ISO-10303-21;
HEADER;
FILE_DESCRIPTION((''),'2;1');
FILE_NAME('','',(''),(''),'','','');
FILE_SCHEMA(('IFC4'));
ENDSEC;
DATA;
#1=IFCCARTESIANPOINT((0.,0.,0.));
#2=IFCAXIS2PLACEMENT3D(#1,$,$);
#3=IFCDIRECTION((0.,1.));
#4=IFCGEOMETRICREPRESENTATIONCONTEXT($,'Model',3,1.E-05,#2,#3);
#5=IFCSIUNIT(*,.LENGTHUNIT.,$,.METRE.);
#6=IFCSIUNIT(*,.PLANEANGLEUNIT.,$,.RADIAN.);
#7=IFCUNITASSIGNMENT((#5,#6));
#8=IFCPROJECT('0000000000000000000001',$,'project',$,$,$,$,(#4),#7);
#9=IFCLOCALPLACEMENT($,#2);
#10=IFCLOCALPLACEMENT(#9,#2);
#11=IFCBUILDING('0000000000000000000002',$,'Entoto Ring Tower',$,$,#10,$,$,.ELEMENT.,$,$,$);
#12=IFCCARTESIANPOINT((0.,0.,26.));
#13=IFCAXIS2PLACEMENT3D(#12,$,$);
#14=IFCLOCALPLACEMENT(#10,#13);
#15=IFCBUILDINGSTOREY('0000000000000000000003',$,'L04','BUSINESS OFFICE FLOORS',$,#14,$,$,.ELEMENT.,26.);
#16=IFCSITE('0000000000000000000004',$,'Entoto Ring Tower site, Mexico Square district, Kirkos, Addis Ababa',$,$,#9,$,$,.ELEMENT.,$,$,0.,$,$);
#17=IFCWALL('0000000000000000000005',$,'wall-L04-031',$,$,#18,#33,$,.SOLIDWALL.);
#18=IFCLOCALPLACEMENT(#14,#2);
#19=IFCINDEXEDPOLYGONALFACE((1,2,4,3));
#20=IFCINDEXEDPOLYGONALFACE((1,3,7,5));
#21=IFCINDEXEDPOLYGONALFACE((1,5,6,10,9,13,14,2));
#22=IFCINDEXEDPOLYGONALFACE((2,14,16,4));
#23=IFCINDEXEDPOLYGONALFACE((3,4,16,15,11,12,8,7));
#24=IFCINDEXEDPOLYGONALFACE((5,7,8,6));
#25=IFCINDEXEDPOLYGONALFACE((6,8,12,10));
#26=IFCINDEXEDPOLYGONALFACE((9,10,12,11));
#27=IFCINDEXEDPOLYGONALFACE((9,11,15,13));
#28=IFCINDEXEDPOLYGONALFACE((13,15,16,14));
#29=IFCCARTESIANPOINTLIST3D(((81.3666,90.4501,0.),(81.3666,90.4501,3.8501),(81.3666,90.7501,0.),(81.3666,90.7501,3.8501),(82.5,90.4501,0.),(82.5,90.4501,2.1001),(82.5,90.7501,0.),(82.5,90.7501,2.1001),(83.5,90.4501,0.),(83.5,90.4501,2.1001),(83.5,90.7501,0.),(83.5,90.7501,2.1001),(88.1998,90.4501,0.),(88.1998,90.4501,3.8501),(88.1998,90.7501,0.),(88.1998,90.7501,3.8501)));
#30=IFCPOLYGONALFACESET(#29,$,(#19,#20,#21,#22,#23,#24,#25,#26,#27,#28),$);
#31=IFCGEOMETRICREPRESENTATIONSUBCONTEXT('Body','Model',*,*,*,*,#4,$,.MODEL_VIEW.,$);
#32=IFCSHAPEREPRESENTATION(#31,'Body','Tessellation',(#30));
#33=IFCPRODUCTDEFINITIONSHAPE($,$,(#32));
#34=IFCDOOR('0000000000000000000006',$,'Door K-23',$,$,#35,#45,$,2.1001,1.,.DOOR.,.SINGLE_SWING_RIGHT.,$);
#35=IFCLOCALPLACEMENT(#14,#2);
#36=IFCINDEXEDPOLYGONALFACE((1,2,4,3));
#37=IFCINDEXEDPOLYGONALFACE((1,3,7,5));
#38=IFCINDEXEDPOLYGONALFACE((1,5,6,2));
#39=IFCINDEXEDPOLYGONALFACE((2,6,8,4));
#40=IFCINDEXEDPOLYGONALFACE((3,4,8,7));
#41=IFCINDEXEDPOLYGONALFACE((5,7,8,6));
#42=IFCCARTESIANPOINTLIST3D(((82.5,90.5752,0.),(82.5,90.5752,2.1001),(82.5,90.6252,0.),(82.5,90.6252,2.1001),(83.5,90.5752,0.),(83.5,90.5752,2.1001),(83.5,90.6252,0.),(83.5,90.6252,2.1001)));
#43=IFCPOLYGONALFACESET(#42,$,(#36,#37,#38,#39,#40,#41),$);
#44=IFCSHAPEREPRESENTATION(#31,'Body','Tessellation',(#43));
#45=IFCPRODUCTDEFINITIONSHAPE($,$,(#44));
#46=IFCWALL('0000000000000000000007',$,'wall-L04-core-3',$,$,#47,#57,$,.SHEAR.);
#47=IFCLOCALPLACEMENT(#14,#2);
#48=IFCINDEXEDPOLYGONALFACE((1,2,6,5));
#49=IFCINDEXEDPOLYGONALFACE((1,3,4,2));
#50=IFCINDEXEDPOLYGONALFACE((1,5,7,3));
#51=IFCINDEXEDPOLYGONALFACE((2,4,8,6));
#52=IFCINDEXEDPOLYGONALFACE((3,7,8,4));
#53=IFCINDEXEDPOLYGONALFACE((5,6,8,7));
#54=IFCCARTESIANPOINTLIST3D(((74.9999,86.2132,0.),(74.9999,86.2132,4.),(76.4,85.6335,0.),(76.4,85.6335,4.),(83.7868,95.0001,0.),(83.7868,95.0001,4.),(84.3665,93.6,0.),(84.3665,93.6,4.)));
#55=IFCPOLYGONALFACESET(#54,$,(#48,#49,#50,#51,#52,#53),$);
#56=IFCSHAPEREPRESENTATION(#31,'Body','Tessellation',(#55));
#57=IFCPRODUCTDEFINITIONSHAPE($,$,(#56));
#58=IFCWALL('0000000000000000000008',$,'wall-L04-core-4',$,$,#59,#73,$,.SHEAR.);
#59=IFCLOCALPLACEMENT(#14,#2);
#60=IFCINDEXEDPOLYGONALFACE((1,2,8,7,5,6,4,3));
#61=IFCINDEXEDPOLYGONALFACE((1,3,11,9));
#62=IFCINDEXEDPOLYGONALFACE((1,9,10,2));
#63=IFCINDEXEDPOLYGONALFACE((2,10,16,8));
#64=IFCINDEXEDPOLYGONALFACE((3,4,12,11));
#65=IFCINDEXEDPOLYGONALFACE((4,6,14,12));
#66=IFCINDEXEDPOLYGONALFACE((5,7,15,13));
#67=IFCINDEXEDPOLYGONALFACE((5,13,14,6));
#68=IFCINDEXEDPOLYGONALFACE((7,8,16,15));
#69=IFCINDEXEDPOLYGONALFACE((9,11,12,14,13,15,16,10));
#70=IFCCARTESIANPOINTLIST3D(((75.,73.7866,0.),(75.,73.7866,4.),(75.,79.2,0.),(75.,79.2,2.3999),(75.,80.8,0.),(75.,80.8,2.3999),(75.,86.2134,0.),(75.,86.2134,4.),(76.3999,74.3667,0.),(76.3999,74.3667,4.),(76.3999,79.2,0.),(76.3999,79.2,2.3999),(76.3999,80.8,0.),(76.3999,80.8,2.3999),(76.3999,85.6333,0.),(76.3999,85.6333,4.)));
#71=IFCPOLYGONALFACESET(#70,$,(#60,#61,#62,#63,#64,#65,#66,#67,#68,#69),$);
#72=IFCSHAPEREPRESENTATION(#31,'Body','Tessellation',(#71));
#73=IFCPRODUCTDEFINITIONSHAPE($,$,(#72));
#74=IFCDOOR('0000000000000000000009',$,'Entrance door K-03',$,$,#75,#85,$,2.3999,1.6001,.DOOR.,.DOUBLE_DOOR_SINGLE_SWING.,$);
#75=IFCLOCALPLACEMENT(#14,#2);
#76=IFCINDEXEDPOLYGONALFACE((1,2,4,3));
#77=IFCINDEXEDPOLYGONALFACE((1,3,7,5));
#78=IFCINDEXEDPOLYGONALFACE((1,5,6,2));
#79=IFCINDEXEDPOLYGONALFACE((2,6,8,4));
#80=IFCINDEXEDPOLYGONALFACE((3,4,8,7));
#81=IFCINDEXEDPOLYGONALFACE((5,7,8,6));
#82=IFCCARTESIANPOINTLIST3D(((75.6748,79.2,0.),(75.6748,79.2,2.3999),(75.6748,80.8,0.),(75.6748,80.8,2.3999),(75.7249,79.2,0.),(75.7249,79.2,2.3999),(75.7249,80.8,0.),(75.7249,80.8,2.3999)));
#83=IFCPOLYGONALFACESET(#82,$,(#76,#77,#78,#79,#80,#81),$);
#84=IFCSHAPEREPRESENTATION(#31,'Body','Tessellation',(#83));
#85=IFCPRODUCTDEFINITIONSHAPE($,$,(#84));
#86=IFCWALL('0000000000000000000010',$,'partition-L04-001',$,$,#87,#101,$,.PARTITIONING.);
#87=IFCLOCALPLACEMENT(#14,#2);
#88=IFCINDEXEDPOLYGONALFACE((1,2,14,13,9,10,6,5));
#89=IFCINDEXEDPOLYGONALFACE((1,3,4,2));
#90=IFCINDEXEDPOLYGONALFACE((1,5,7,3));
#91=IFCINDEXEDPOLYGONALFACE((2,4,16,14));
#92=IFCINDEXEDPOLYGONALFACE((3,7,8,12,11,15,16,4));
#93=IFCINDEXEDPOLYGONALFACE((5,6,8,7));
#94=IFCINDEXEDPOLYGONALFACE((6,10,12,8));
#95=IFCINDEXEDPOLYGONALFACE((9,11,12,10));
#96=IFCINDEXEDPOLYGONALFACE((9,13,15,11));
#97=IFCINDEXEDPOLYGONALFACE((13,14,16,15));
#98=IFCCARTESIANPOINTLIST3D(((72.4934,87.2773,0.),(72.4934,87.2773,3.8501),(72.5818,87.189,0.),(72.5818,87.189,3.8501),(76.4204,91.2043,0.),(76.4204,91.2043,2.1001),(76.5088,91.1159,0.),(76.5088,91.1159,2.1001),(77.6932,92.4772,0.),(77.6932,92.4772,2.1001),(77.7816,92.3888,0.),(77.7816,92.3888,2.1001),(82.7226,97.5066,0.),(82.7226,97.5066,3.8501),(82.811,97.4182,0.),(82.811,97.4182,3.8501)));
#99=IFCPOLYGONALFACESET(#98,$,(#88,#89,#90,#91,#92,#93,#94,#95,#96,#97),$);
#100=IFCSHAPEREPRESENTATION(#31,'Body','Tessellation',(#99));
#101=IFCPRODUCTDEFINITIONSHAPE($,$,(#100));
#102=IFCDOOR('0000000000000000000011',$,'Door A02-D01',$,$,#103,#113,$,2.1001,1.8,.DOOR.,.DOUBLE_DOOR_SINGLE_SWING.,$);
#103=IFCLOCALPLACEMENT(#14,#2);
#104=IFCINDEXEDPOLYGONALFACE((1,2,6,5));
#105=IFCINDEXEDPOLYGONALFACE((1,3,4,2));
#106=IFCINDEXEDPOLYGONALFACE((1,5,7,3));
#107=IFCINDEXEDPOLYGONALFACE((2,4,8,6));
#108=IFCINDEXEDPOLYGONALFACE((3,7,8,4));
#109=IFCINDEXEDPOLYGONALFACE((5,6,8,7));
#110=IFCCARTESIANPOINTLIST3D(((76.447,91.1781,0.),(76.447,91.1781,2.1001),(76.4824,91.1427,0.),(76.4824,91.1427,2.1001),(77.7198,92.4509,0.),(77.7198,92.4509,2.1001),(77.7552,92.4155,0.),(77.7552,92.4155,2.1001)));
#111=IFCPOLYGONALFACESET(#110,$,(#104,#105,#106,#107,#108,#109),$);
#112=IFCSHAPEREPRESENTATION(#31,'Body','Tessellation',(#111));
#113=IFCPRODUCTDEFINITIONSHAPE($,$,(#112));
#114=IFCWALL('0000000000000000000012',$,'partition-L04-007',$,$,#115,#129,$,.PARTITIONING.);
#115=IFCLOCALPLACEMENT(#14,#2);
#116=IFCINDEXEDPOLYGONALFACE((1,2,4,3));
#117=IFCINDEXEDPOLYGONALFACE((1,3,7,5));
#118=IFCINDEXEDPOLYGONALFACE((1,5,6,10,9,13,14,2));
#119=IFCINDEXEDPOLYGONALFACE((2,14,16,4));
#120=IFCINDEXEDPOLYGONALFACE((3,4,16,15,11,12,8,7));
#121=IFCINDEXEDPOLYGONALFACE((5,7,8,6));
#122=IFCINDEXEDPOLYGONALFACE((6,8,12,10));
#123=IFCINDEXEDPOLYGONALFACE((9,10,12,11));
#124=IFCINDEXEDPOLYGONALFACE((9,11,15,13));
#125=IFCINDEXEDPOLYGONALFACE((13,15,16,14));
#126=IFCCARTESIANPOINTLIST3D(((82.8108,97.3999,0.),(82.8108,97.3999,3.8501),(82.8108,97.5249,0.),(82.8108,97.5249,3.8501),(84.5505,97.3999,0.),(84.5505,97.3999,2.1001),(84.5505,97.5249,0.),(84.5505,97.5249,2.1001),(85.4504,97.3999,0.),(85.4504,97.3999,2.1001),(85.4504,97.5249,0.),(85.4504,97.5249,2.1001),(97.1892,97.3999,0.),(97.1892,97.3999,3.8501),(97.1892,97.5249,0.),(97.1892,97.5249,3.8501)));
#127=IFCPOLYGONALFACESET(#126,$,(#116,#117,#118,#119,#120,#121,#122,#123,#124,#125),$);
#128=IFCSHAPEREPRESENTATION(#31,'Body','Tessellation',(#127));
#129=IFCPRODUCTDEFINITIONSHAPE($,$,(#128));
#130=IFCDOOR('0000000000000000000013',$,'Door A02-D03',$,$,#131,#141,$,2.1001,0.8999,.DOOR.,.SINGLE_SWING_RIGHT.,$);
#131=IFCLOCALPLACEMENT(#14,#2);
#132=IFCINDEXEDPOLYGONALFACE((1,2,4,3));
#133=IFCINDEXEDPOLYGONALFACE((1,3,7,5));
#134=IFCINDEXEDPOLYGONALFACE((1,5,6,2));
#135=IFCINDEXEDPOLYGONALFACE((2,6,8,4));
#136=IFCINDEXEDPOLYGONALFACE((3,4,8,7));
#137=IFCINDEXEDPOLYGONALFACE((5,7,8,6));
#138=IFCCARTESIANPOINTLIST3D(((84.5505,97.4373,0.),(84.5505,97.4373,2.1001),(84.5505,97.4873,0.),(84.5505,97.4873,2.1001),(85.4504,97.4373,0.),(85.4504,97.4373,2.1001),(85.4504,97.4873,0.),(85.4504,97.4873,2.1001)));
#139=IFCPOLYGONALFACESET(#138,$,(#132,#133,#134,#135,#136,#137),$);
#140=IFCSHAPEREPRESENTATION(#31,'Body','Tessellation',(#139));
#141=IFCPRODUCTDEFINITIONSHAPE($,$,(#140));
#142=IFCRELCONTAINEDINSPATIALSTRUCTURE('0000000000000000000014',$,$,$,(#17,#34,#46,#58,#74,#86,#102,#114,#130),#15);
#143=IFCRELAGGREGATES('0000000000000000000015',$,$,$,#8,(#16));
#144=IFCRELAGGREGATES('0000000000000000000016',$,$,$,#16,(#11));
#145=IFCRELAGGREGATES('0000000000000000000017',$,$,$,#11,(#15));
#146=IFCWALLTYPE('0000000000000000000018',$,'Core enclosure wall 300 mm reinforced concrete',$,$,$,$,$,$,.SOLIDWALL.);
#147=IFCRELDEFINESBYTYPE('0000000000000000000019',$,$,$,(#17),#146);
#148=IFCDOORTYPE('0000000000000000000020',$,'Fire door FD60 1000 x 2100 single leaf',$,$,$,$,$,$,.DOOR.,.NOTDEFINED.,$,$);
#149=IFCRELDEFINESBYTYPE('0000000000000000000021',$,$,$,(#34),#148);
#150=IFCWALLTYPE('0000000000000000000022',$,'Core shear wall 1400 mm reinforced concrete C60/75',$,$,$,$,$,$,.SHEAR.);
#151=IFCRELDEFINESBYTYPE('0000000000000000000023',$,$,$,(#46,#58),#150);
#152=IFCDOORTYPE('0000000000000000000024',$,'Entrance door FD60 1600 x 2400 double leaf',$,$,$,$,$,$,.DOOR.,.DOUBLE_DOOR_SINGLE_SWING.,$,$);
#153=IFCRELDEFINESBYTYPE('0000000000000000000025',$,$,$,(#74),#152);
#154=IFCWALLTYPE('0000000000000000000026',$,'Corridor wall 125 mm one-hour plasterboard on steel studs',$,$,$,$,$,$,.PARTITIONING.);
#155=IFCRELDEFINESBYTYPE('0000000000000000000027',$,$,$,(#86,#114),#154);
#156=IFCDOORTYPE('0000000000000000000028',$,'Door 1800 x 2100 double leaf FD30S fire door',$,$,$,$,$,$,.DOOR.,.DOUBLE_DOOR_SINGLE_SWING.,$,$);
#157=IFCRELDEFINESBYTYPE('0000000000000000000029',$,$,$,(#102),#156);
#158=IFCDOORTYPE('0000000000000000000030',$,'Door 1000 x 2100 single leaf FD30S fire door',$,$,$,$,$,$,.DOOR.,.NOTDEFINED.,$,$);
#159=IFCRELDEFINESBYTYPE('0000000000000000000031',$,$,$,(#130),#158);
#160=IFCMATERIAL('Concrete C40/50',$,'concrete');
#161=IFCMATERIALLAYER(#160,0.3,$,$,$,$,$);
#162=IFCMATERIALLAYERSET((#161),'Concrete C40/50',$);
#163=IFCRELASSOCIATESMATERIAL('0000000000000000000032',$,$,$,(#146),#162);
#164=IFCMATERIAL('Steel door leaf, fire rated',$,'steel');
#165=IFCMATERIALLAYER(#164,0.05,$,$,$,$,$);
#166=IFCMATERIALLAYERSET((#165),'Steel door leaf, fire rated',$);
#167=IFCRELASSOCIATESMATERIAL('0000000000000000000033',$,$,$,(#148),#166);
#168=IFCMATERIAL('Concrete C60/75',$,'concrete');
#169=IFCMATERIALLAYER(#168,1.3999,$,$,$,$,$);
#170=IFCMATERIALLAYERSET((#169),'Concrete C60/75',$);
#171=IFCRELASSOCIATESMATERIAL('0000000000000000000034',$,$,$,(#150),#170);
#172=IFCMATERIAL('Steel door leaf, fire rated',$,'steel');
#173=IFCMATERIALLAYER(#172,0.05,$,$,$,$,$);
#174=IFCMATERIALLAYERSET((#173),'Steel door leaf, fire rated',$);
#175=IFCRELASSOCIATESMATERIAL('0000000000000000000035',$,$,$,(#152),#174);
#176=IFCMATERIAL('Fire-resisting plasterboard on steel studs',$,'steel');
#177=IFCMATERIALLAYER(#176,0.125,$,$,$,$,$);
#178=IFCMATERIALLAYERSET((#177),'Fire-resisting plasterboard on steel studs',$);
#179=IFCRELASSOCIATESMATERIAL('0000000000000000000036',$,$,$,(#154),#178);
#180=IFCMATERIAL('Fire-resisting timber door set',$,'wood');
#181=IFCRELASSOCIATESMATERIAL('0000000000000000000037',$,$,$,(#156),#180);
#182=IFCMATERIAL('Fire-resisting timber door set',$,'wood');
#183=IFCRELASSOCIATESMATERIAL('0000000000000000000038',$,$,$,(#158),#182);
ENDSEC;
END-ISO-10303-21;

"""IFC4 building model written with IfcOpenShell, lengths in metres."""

from ifc_helpers import new_model, si_unit, direction, frame, frame_2d, origin, place, context, subcontext, project, spatial, polyline, rectangle, outline, extrude, material, layer, layer_set, type_object, element, fill, save


model = new_model("IFC4")

# Units and contexts
model_context = context("Model", 3, precision=1e-05, world=origin(), true_north=direction((0.0, 1.0)))
body_context = subcontext(model_context, "Body", "Model", "MODEL_VIEW")
ifc_project = project(units=[si_unit("LENGTHUNIT", "METRE"), si_unit("PLANEANGLEUNIT", "RADIAN")], contexts=[model_context])

# Site, building, storey
site_placement = place(None, origin())
site = spatial("IfcSite", under=ifc_project, at=site_placement, Name="Entoto Ring Tower site, Mexico Square district, Kirkos, Addis Ababa", CompositionType="ELEMENT", RefElevation=0.0)
building_placement = place(site_placement, origin())
building = spatial("IfcBuilding", under=site, at=building_placement, Name="Entoto Ring Tower", CompositionType="ELEMENT")
storey_placement = place(building_placement, frame((0.0, 0.0, 26.0)))
storey = spatial("IfcBuildingStorey", under=building, at=storey_placement, Name="L04", Description="BUSINESS OFFICE FLOORS", CompositionType="ELEMENT", Elevation=26.0)

# Wall, opening, door
ifc_material_1 = material(Name="Concrete C40/50", Category="concrete")
ifc_layer_1 = layer(ifc_material_1, 0.3)
ifc_layer_set_1 = layer_set([ifc_layer_1], Name="Concrete C40/50")
wall_type_1 = type_object("IfcWallType", Name="Core enclosure wall 300 mm reinforced concrete", PredefinedType="SOLIDWALL", material=ifc_layer_set_1)
wall_1_placement = place(storey_placement, frame((81.3667, 90.6001, 0.0), z_axis=(0.0, 0.0, 1.0), x_axis=(1.0, 0.0, 0.0)))
wall_1 = element("IfcWall", 1, at=wall_1_placement, inside=storey, type_object=wall_type_1, Name="wall-L04-031", PredefinedType="SOLIDWALL", context=body_context, shape_type="SweptSolid", body=[
    extrude(rectangle(XDim=6.8333, YDim=0.3, at=frame_2d((3.4165, 0.0))), origin(), (0.0, 0.0, 1.0), 3.8501),
])
opening_1_placement = place(wall_1_placement, frame((1.1333, 0.0, 0.0)))
opening_1 = element("IfcOpeningElement", 2, at=opening_1_placement, cuts=wall_1, PredefinedType="OPENING", context=body_context, shape_type="SweptSolid", body=[
    extrude(rectangle(XDim=1.0, YDim=2.1001, at=frame_2d((0.5, 1.05))), frame((0.0, 0.1602, 0.0), z_axis=(0.0, -1.0, 0.0), x_axis=(1.0, 0.0, 0.0)), (0.0, 0.0, 1.0), 0.3201),
])
ifc_material_2 = material(Name="Steel door leaf, fire rated", Category="steel")
ifc_layer_2 = layer(ifc_material_2, 0.05)
ifc_layer_set_2 = layer_set([ifc_layer_2], Name="Steel door leaf, fire rated")
door_type_1 = type_object("IfcDoorType", Name="Fire door FD60 1000 x 2100 single leaf", OperationType="NOTDEFINED", PredefinedType="DOOR", material=ifc_layer_set_2)
door_1_placement = place(opening_1_placement, frame((1.0, 0.0, 0.0), z_axis=(0.0, 0.0, 1.0), x_axis=(-1.0, 0.0, 0.0)))
door_1 = element("IfcDoor", 3, at=door_1_placement, inside=storey, type_object=door_type_1, Name="Door K-23", OperationType="SINGLE_SWING_RIGHT", OverallHeight=2.1001, OverallWidth=1.0, PredefinedType="DOOR", context=body_context, shape_type="SweptSolid", body=[
    extrude(rectangle(XDim=1.0, YDim=2.1001, at=frame_2d((0.5, 1.05))), frame((0.0, 0.0249, 0.0), z_axis=(0.0, -1.0, 0.0), x_axis=(1.0, 0.0, 0.0)), (0.0, 0.0, 1.0), 0.05),
])
fill(opening_1, door_1)

# Wall
ifc_material_3 = material(Name="Concrete C60/75", Category="concrete")
ifc_layer_3 = layer(ifc_material_3, 1.3999)
ifc_layer_set_3 = layer_set([ifc_layer_3], Name="Concrete C60/75")
wall_type_2 = type_object("IfcWallType", Name="Core shear wall 1400 mm reinforced concrete C60/75", PredefinedType="SHEAR", material=ifc_layer_set_3)
wall_2_placement = place(storey_placement, frame((84.0767, 94.3, 0.0), z_axis=(0.0, 0.0, 1.0), x_axis=(-0.707107, -0.707107, 0.0)))
element("IfcWall", 4, at=wall_2_placement, inside=storey, type_object=wall_type_2, Name="wall-L04-core-3", PredefinedType="SHEAR", context=body_context, shape_type="SweptSolid", body=[
    extrude(outline(polyline([(-0.29, -0.7), (12.1365, -0.7), (11.5564, 0.7), (0.29, 0.7), (-0.29, -0.7)])), origin(), (0.0, 0.0, 1.0), 4.0),
])

# Walls, openings, doors
wall_3_placement = place(storey_placement, frame((75.7, 85.9233, 0.0), z_axis=(0.0, 0.0, 1.0), x_axis=(0.0, -1.0, 0.0)))
wall_3 = element("IfcWall", 5, at=wall_3_placement, inside=storey, type_object=wall_type_2, Name="wall-L04-core-4", PredefinedType="SHEAR", context=body_context, shape_type="SweptSolid", body=[
    extrude(outline(polyline([(-0.29, -0.7), (12.1367, -0.7), (11.5566, 0.7), (0.29, 0.7), (-0.29, -0.7)])), origin(), (0.0, 0.0, 1.0), 4.0),
])
opening_2_placement = place(wall_3_placement, frame((5.1233, 0.0, 0.0)))
opening_2 = element("IfcOpeningElement", 6, at=opening_2_placement, cuts=wall_3, PredefinedType="OPENING", context=body_context, shape_type="SweptSolid", body=[
    extrude(rectangle(XDim=1.6001, YDim=2.3999, at=frame_2d((0.8, 1.2))), frame((0.0, 0.71, 0.0), z_axis=(0.0, -1.0, 0.0), x_axis=(1.0, 0.0, 0.0)), (0.0, 0.0, 1.0), 1.4199),
])
ifc_material_4 = material(Name="Steel door leaf, fire rated", Category="steel")
ifc_layer_4 = layer(ifc_material_4, 0.05)
ifc_layer_set_4 = layer_set([ifc_layer_4], Name="Steel door leaf, fire rated")
door_type_2 = type_object("IfcDoorType", Name="Entrance door FD60 1600 x 2400 double leaf", OperationType="DOUBLE_DOOR_SINGLE_SWING", PredefinedType="DOOR", material=ifc_layer_set_4)
door_2_placement = place(opening_2_placement, origin())
door_2 = element("IfcDoor", 7, at=door_2_placement, inside=storey, type_object=door_type_2, Name="Entrance door K-03", OperationType="DOUBLE_DOOR_SINGLE_SWING", OverallHeight=2.3999, OverallWidth=1.6001, PredefinedType="DOOR", context=body_context, shape_type="SweptSolid", body=[
    extrude(rectangle(XDim=1.6001, YDim=2.3999, at=frame_2d((0.8, 1.2))), frame((0.0, 0.0249, 0.0), z_axis=(0.0, -1.0, 0.0), x_axis=(1.0, 0.0, 0.0)), (0.0, 0.0, 1.0), 0.05),
])
fill(opening_2, door_2)
ifc_material_5 = material(Name="Fire-resisting plasterboard on steel studs", Category="steel")
ifc_layer_5 = layer(ifc_material_5, 0.125)
ifc_layer_set_5 = layer_set([ifc_layer_5], Name="Fire-resisting plasterboard on steel studs")
wall_type_3 = type_object("IfcWallType", Name="Corridor wall 125 mm one-hour plasterboard on steel studs", PredefinedType="PARTITIONING", material=ifc_layer_set_5)
wall_4_placement = place(storey_placement, frame((72.5376, 87.2332, 0.0), z_axis=(0.0, 0.0, 1.0), x_axis=(0.707107, 0.707107, 0.0)))
wall_4 = element("IfcWall", 8, at=wall_4_placement, inside=storey, type_object=wall_type_3, Name="partition-L04-001", PredefinedType="PARTITIONING", context=body_context, shape_type="SweptSolid", body=[
    extrude(rectangle(XDim=14.4663, YDim=0.125, at=frame_2d((7.2332, 0.0))), origin(), (0.0, 0.0, 1.0), 3.8501),
])
opening_3_placement = place(wall_4_placement, frame((5.5537, 0.0, 0.0)))
opening_3 = element("IfcOpeningElement", 9, at=opening_3_placement, cuts=wall_4, PredefinedType="OPENING", context=body_context, shape_type="SweptSolid", body=[
    extrude(rectangle(XDim=1.8, YDim=2.1001, at=frame_2d((0.8999, 1.05))), frame((0.0, 0.0725, 0.0), z_axis=(0.0, -1.0, 0.0), x_axis=(1.0, 0.0, 0.0)), (0.0, 0.0, 1.0), 0.145),
])
ifc_material_6 = material(Name="Fire-resisting timber door set", Category="wood")
door_type_3 = type_object("IfcDoorType", Name="Door 1800 x 2100 double leaf FD30S fire door", OperationType="DOUBLE_DOOR_SINGLE_SWING", PredefinedType="DOOR", material=ifc_material_6)
door_3_placement = place(opening_3_placement, frame((1.8, 0.0, 0.0), z_axis=(0.0, 0.0, 1.0), x_axis=(-1.0, 0.0, 0.0)))
door_3 = element("IfcDoor", 10, at=door_3_placement, inside=storey, type_object=door_type_3, Name="Door A02-D01", OperationType="DOUBLE_DOOR_SINGLE_SWING", OverallHeight=2.1001, OverallWidth=1.8, PredefinedType="DOOR", context=body_context, shape_type="SweptSolid", body=[
    extrude(rectangle(XDim=1.8, YDim=2.1001, at=frame_2d((0.8999, 1.05))), frame((0.0, 0.0249, 0.0), z_axis=(0.0, -1.0, 0.0), x_axis=(1.0, 0.0, 0.0)), (0.0, 0.0, 1.0), 0.05),
])
fill(opening_3, door_3)
wall_5_placement = place(storey_placement, frame((82.8108, 97.4624, 0.0), z_axis=(0.0, 0.0, 1.0), x_axis=(1.0, 0.0, 0.0)))
wall_5 = element("IfcWall", 11, at=wall_5_placement, inside=storey, type_object=wall_type_3, Name="partition-L04-007", PredefinedType="PARTITIONING", context=body_context, shape_type="SweptSolid", body=[
    extrude(rectangle(XDim=14.3784, YDim=0.125, at=frame_2d((7.1892, 0.0))), origin(), (0.0, 0.0, 1.0), 3.8501),
])
opening_4_placement = place(wall_5_placement, frame((1.7397, 0.0, 0.0)))
opening_4 = element("IfcOpeningElement", 12, at=opening_4_placement, cuts=wall_5, PredefinedType="OPENING", context=body_context, shape_type="SweptSolid", body=[
    extrude(rectangle(XDim=0.8999, YDim=2.1001, at=frame_2d((0.45, 1.05))), frame((0.0, 0.0725, 0.0), z_axis=(0.0, -1.0, 0.0), x_axis=(1.0, 0.0, 0.0)), (0.0, 0.0, 1.0), 0.145),
])
ifc_material_7 = material(Name="Fire-resisting timber door set", Category="wood")
door_type_4 = type_object("IfcDoorType", Name="Door 1000 x 2100 single leaf FD30S fire door", OperationType="NOTDEFINED", PredefinedType="DOOR", material=ifc_material_7)
door_4_placement = place(opening_4_placement, origin())
door_4 = element("IfcDoor", 13, at=door_4_placement, inside=storey, type_object=door_type_4, Name="Door A02-D03", OperationType="SINGLE_SWING_RIGHT", OverallHeight=2.1001, OverallWidth=0.8999, PredefinedType="DOOR", context=body_context, shape_type="SweptSolid", body=[
    extrude(rectangle(XDim=0.8999, YDim=2.1001, at=frame_2d((0.45, 1.05))), frame((0.0, 0.0249, 0.0), z_axis=(0.0, -1.0, 0.0), x_axis=(1.0, 0.0, 0.0)), (0.0, 0.0, 1.0), 0.05),
])
fill(opening_4, door_4)

save(model, "model.ifc")
